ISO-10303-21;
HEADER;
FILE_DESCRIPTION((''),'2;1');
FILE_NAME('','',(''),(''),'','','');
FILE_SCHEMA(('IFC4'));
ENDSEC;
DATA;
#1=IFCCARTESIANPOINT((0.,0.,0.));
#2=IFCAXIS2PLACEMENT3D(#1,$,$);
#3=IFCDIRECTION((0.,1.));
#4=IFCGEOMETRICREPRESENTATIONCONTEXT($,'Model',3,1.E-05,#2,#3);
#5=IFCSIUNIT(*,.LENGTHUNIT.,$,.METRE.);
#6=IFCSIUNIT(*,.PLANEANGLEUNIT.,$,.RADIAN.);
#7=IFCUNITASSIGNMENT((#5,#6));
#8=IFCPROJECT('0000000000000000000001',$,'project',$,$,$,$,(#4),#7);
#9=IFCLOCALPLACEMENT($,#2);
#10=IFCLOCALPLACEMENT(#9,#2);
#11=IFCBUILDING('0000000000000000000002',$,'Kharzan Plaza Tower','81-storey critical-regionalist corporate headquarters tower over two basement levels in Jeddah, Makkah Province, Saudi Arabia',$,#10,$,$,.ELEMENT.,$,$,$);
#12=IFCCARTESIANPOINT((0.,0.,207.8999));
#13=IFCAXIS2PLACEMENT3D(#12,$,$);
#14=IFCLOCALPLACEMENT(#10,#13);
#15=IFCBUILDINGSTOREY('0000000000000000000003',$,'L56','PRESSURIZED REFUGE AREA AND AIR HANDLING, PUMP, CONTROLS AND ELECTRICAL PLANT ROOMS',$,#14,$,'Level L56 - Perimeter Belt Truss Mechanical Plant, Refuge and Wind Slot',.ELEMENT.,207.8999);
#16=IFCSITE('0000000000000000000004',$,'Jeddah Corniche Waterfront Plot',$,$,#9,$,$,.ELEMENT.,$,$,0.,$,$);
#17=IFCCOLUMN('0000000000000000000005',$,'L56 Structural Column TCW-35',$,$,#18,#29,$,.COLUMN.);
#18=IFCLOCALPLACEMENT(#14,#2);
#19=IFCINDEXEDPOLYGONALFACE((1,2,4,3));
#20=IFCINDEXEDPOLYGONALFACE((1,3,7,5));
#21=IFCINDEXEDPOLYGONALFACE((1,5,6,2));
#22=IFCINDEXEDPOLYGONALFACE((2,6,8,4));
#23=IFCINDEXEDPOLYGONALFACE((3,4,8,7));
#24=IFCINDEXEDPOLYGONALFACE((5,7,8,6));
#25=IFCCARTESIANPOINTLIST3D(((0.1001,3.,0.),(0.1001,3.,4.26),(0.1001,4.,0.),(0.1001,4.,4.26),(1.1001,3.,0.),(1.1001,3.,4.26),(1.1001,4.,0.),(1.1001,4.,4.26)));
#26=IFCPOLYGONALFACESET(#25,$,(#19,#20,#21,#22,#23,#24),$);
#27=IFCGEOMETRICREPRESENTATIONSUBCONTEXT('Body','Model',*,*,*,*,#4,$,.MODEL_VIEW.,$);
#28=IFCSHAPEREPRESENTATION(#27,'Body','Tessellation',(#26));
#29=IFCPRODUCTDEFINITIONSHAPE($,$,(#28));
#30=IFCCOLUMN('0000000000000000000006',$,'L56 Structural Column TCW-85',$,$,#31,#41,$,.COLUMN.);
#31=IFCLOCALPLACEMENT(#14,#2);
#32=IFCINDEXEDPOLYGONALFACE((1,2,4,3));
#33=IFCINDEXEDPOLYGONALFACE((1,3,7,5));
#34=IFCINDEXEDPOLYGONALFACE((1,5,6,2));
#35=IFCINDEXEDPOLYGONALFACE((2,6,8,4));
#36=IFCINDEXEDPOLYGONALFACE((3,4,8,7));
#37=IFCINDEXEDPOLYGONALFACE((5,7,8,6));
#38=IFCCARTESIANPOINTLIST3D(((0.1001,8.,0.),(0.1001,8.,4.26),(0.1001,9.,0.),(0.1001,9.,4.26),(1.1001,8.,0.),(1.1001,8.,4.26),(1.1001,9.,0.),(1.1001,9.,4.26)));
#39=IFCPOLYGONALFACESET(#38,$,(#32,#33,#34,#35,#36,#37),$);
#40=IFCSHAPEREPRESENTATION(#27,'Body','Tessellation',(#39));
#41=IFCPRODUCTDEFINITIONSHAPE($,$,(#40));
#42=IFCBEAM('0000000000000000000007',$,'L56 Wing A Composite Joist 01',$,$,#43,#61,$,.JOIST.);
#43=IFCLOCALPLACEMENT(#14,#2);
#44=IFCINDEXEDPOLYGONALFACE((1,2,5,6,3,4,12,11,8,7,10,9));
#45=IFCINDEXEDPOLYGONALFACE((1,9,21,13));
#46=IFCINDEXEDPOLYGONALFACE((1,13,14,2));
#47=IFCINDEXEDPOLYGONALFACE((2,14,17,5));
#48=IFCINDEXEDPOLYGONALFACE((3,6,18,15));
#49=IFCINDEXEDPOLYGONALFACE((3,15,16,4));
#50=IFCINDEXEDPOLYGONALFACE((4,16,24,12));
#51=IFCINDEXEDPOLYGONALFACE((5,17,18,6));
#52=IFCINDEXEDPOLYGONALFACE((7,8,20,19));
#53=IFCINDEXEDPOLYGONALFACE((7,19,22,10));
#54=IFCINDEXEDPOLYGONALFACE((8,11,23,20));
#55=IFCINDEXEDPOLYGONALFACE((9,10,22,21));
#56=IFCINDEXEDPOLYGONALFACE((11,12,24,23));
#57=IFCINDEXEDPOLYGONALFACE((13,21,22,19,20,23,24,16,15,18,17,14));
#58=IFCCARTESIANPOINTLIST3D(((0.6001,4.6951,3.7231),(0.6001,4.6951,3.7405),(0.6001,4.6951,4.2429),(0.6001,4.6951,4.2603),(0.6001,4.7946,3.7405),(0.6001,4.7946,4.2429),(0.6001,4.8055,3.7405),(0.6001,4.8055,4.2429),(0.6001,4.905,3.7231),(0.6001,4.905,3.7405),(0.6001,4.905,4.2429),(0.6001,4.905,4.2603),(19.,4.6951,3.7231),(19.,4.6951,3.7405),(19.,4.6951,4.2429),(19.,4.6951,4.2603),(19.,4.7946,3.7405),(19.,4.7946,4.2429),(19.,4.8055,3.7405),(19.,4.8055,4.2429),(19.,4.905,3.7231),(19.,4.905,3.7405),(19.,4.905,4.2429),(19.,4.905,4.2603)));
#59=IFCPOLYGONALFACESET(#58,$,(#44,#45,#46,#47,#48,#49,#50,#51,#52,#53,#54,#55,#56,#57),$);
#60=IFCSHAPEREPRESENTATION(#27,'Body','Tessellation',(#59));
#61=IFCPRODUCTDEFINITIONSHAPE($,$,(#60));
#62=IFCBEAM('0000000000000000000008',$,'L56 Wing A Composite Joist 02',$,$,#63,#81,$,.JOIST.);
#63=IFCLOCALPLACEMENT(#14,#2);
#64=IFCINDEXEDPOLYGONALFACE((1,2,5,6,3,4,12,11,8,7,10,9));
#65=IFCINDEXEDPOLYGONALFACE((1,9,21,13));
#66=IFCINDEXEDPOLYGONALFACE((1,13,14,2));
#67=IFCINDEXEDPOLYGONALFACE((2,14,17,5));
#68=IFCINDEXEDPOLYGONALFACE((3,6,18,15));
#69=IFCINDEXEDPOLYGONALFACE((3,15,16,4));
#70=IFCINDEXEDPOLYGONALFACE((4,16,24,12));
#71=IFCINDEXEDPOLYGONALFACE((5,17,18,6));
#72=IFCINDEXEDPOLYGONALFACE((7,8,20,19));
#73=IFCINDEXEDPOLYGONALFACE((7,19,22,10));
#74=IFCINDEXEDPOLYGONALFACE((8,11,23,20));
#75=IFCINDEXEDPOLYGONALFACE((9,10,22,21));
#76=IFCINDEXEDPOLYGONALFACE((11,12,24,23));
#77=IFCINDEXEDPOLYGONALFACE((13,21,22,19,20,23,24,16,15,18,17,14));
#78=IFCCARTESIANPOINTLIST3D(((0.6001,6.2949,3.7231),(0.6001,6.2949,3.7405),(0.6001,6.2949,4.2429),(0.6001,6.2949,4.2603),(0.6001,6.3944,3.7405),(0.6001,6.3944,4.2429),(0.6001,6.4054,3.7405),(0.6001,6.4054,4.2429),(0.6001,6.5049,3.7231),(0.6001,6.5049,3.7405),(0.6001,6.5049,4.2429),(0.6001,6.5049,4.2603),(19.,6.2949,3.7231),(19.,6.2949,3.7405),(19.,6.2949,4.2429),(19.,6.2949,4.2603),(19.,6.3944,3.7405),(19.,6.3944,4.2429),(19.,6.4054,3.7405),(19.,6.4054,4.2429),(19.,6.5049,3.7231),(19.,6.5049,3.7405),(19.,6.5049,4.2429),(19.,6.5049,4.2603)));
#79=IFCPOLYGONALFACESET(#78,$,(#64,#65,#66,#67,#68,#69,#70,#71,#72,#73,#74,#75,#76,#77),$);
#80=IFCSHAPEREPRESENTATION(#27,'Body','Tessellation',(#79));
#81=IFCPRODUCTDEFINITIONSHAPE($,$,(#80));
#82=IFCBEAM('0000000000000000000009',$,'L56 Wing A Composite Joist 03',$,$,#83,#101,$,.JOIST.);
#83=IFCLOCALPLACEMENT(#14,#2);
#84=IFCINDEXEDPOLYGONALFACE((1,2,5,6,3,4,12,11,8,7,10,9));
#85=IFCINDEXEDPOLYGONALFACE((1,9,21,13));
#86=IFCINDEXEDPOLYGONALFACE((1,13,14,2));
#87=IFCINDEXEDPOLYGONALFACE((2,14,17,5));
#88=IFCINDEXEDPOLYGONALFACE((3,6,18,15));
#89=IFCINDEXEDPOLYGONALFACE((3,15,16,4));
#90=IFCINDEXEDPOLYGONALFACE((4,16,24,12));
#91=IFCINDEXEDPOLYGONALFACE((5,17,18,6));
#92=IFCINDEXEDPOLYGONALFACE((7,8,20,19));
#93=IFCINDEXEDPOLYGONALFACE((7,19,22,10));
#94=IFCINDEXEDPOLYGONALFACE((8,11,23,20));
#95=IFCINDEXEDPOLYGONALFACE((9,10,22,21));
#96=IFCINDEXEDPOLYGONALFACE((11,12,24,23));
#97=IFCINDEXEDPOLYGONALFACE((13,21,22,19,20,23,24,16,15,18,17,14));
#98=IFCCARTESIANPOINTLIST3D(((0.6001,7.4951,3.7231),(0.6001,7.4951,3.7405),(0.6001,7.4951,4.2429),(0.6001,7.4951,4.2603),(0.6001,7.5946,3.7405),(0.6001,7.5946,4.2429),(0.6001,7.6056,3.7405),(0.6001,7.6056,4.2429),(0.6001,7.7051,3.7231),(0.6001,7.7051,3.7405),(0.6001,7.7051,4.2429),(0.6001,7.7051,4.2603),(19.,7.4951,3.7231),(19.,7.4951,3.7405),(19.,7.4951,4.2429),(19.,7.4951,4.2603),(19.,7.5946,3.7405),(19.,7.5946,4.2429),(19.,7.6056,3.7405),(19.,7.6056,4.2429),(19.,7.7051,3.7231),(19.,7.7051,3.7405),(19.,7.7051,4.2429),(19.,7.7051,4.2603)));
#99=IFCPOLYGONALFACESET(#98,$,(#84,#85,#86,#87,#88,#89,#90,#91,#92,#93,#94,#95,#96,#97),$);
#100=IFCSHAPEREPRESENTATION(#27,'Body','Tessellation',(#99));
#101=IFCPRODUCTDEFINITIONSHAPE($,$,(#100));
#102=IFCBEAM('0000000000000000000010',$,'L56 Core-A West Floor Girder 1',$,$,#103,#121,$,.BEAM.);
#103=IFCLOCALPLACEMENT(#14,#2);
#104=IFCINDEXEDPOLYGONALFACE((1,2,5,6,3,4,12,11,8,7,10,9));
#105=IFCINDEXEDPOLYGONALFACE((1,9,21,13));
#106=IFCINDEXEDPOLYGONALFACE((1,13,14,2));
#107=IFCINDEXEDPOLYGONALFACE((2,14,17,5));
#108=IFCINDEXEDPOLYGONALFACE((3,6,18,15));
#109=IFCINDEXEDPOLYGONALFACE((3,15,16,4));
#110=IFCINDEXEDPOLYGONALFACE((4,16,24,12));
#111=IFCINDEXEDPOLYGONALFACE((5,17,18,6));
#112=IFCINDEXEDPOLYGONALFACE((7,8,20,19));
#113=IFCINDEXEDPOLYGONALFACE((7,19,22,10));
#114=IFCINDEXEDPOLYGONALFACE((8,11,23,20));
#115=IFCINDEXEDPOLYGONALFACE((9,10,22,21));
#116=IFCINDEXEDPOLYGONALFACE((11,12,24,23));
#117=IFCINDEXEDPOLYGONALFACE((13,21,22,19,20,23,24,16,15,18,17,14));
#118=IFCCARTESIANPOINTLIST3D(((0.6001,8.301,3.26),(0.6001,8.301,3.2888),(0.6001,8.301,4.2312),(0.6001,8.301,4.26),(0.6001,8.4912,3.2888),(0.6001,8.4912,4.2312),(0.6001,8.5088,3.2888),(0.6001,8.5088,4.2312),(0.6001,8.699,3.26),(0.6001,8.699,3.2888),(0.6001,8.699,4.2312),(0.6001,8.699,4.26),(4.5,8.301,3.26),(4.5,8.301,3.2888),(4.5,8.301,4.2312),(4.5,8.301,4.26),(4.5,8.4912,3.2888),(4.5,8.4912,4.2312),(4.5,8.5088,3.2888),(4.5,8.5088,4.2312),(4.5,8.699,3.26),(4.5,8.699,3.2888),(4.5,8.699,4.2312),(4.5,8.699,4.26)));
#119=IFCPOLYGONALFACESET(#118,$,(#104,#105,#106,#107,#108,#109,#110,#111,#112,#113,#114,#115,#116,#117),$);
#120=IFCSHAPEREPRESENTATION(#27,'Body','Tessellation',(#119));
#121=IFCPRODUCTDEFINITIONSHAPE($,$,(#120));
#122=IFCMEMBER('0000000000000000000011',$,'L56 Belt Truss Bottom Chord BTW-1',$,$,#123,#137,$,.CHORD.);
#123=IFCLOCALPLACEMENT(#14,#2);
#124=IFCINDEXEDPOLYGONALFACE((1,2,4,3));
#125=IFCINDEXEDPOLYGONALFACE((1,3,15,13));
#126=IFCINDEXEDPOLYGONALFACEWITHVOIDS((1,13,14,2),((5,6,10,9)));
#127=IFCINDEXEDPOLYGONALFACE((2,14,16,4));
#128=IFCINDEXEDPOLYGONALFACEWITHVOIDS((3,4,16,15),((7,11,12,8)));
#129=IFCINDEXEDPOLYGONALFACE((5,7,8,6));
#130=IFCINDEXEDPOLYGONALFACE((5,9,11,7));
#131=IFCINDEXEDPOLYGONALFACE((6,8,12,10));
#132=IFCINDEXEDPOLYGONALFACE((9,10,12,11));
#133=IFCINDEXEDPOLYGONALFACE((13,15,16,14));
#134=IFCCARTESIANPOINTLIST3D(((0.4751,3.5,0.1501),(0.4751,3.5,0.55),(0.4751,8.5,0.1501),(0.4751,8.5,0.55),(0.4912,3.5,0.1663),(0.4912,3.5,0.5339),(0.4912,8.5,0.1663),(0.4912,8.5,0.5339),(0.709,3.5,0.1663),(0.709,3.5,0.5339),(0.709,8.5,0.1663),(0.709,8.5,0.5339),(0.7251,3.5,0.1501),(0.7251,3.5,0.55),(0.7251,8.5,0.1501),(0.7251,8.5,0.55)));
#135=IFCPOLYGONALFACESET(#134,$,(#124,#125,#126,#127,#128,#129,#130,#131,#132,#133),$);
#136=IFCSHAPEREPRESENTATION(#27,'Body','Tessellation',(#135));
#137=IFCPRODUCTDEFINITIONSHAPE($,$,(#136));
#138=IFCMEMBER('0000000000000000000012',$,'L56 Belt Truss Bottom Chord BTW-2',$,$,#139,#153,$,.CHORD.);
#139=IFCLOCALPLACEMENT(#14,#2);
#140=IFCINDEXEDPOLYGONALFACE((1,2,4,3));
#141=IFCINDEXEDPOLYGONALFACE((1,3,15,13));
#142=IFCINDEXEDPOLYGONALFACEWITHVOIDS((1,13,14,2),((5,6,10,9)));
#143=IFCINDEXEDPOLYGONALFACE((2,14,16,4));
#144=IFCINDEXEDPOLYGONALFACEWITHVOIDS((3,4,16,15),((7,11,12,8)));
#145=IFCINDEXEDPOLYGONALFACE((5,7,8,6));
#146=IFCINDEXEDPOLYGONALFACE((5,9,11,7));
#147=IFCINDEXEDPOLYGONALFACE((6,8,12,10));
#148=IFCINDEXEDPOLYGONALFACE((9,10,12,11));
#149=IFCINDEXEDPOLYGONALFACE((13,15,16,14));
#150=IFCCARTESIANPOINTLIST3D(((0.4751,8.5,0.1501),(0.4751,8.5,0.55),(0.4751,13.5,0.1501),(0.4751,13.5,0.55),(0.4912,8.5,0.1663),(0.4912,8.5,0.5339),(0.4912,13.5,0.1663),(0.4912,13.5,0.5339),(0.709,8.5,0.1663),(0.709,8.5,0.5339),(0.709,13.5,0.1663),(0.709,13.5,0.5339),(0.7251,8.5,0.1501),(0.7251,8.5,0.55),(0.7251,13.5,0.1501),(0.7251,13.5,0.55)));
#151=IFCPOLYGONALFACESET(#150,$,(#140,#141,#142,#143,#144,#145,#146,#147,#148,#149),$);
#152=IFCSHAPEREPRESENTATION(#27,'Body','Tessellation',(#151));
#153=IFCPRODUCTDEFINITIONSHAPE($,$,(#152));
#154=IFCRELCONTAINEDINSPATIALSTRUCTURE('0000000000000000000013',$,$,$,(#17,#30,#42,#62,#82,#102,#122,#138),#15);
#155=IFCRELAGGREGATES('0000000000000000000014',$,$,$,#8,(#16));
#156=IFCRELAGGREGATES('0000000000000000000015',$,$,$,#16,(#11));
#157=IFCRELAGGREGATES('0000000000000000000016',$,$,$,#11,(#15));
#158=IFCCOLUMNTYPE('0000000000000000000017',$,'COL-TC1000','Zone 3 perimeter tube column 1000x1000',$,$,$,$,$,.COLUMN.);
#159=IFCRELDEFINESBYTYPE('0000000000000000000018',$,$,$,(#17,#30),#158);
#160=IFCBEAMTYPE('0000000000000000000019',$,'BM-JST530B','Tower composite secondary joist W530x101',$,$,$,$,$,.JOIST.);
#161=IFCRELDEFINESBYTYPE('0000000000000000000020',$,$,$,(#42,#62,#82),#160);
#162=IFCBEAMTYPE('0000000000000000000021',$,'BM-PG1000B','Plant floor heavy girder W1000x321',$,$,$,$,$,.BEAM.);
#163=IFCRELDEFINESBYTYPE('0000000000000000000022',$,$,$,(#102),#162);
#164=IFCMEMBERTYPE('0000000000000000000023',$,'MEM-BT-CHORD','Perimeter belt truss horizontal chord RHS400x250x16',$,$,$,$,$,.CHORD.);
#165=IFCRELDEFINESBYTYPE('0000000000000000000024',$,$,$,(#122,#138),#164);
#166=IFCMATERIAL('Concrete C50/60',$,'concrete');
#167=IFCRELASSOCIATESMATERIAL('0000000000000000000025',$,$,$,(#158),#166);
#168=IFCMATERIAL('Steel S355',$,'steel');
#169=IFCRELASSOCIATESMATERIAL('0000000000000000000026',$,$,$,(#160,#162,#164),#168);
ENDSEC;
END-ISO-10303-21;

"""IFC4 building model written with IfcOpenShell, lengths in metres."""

from ifc_helpers import new_model, si_unit, direction, frame, origin, origin_2d, place, context, subcontext, project, spatial, rectangle, hollow_rectangle, i_section, extrude, source, transform, mapped, material, material_profile, profile_set, type_object, element, save


model = new_model("IFC4")

# Units and contexts
model_context = context("Model", 3, precision=1e-05, world=origin(), true_north=direction((0.0, 1.0)))
body_context = subcontext(model_context, "Body", "Model", "MODEL_VIEW")
ifc_project = project(units=[si_unit("LENGTHUNIT", "METRE"), si_unit("PLANEANGLEUNIT", "RADIAN")], contexts=[model_context])

# Site, building, storey
site_placement = place(None, origin())
site = spatial("IfcSite", under=ifc_project, at=site_placement, Name="Jeddah Corniche Waterfront Plot", CompositionType="ELEMENT", RefElevation=0.0)
building_placement = place(site_placement, origin())
building = spatial("IfcBuilding", under=site, at=building_placement, Name="Kharzan Plaza Tower", Description="81-storey critical-regionalist corporate headquarters tower over two basement levels in Jeddah, Makkah Province, Saudi Arabia", CompositionType="ELEMENT")
storey_placement = place(building_placement, frame((0.0, 0.0, 207.8999)))
storey = spatial("IfcBuildingStorey", under=building, at=storey_placement, Name="L56", Description="PRESSURIZED REFUGE AREA AND AIR HANDLING, PUMP, CONTROLS AND ELECTRICAL PLANT ROOMS", LongName="Level L56 - Perimeter Belt Truss Mechanical Plant, Refuge and Wind Slot", CompositionType="ELEMENT", Elevation=207.8999)

# Columns
ifc_material_1 = material(Name="Concrete C50/60", Category="concrete")
ifc_material_profile_1 = material_profile(ifc_material_1, rectangle(XDim=1.0, YDim=1.0, at=origin_2d()), Name="RC-TC1000x1000")
ifc_profile_set_1 = profile_set([ifc_material_profile_1], Name="Concrete C50/60")
column_type = type_object("IfcColumnType", Name="COL-TC1000", Description="Zone 3 perimeter tube column 1000x1000", PredefinedType="COLUMN", material=ifc_profile_set_1)
shared_shape_1 = source(origin(), body_context, "Body", "SweptSolid", [
    extrude(rectangle(XDim=1.0, YDim=1.0, at=origin_2d()), origin(), (0.0, 0.0, 1.0), 4.26),
])
for number, where, z_axis, x_axis, name in (
    (1, (0.6001, 3.5, 0.0), (0.0, 0.0, 1.0), (1.0, 0.0, 0.0), "L56 Structural Column TCW-35"),
    (2, (0.6001, 8.5, 0.0), (0.0, 0.0, 1.0), (1.0, 0.0, 0.0), "L56 Structural Column TCW-85"),
):
    element("IfcColumn", number, at=place(storey_placement, frame(where, z_axis=z_axis, x_axis=x_axis)), inside=storey, type_object=column_type, Name=name, PredefinedType="COLUMN", context=body_context, shape_type="MappedRepresentation", body=[
        mapped(shared_shape_1, transform((0.0, 0.0, 0.0), x_axis=(1.0, 0.0, 0.0), y_axis=(0.0, 1.0, 0.0), z_axis=(0.0, 0.0, 1.0))),
    ])

# Beams
ifc_material_2 = material(Name="Steel S355", Category="steel")
ifc_material_profile_2 = material_profile(ifc_material_2, i_section(OverallWidth=0.21, OverallDepth=0.5371, WebThickness=0.011, FlangeThickness=0.0173, at=origin_2d()), Name="W530x101")
ifc_profile_set_2 = profile_set([ifc_material_profile_2], Name="Steel S355")
beam_type_1 = type_object("IfcBeamType", Name="BM-JST530B", Description="Tower composite secondary joist W530x101", PredefinedType="JOIST", material=ifc_profile_set_2)
shared_shape_2 = source(origin(), body_context, "Body", "SweptSolid", [
    extrude(i_section(OverallWidth=0.21, OverallDepth=0.5371, WebThickness=0.011, FlangeThickness=0.0173, at=origin_2d()), origin(), (0.0, 0.0, 1.0), 18.3999),
])
for number, where, z_axis, x_axis, name in (
    (3, (0.6001, 4.8, 3.9917), (1.0, 0.0, 0.0), (0.0, 1.0, 0.0), "L56 Wing A Composite Joist 01"),
    (4, (0.6001, 6.3999, 3.9917), (1.0, 0.0, 0.0), (0.0, 1.0, 0.0), "L56 Wing A Composite Joist 02"),
    (5, (0.6001, 7.6001, 3.9917), (1.0, 0.0, 0.0), (0.0, 1.0, 0.0), "L56 Wing A Composite Joist 03"),
):
    element("IfcBeam", number, at=place(storey_placement, frame(where, z_axis=z_axis, x_axis=x_axis)), inside=storey, type_object=beam_type_1, Name=name, PredefinedType="JOIST", context=body_context, shape_type="MappedRepresentation", body=[
        mapped(shared_shape_2, transform((0.0, 0.0, 0.0), x_axis=(1.0, 0.0, 0.0), y_axis=(0.0, 1.0, 0.0), z_axis=(0.0, 0.0, 1.0))),
    ])
ifc_material_profile_3 = material_profile(ifc_material_2, i_section(OverallWidth=0.3979, OverallDepth=1.0, WebThickness=0.0176, FlangeThickness=0.0288, at=origin_2d()), Name="W1000x321")
ifc_profile_set_3 = profile_set([ifc_material_profile_3], Name="Steel S355")
beam_type_2 = type_object("IfcBeamType", Name="BM-PG1000B", Description="Plant floor heavy girder W1000x321", PredefinedType="BEAM", material=ifc_profile_set_3)
shared_shape_3 = source(origin(), body_context, "Body", "SweptSolid", [
    extrude(i_section(OverallWidth=0.3979, OverallDepth=1.0, WebThickness=0.0176, FlangeThickness=0.0288, at=origin_2d()), origin(), (0.0, 0.0, 1.0), 3.8999),
])
beam_placement = place(storey_placement, frame((0.6001, 8.5, 3.76), z_axis=(1.0, 0.0, 0.0), x_axis=(0.0, 1.0, 0.0)))
element("IfcBeam", 6, at=beam_placement, inside=storey, type_object=beam_type_2, Name="L56 Core-A West Floor Girder 1", PredefinedType="BEAM", context=body_context, shape_type="MappedRepresentation", body=[
    mapped(shared_shape_3, transform((0.0, 0.0, 0.0), x_axis=(1.0, 0.0, 0.0), y_axis=(0.0, 1.0, 0.0), z_axis=(0.0, 0.0, 1.0))),
])

# Members
ifc_material_profile_4 = material_profile(ifc_material_2, hollow_rectangle(XDim=0.25, YDim=0.3999, WallThickness=0.0161, at=origin_2d()), Name="RHS400x250x16")
ifc_profile_set_4 = profile_set([ifc_material_profile_4], Name="Steel S355")
member_type_1 = type_object("IfcMemberType", Name="MEM-BT-CHORD", Description="Perimeter belt truss horizontal chord RHS400x250x16", PredefinedType="CHORD", material=ifc_profile_set_4)
shared_shape_4 = source(origin(), body_context, "Body", "SweptSolid", [
    extrude(hollow_rectangle(XDim=0.25, YDim=0.3999, WallThickness=0.0161, at=origin_2d()), origin(), (0.0, 0.0, 1.0), 5.0),
])
for number, where, z_axis, x_axis, name in (
    (7, (0.6001, 3.5, 0.3501), (0.0, 1.0, 0.0), (-1.0, 0.0, 0.0), "L56 Belt Truss Bottom Chord BTW-1"),
    (8, (0.6001, 8.5, 0.3501), (0.0, 1.0, 0.0), (-1.0, 0.0, 0.0), "L56 Belt Truss Bottom Chord BTW-2"),
):
    element("IfcMember", number, at=place(storey_placement, frame(where, z_axis=z_axis, x_axis=x_axis)), inside=storey, type_object=member_type_1, Name=name, PredefinedType="CHORD", context=body_context, shape_type="MappedRepresentation", body=[
        mapped(shared_shape_4, transform((0.0, 0.0, 0.0), x_axis=(1.0, 0.0, 0.0), y_axis=(0.0, 1.0, 0.0), z_axis=(0.0, 0.0, 1.0))),
    ])

save(model, "model.ifc")
